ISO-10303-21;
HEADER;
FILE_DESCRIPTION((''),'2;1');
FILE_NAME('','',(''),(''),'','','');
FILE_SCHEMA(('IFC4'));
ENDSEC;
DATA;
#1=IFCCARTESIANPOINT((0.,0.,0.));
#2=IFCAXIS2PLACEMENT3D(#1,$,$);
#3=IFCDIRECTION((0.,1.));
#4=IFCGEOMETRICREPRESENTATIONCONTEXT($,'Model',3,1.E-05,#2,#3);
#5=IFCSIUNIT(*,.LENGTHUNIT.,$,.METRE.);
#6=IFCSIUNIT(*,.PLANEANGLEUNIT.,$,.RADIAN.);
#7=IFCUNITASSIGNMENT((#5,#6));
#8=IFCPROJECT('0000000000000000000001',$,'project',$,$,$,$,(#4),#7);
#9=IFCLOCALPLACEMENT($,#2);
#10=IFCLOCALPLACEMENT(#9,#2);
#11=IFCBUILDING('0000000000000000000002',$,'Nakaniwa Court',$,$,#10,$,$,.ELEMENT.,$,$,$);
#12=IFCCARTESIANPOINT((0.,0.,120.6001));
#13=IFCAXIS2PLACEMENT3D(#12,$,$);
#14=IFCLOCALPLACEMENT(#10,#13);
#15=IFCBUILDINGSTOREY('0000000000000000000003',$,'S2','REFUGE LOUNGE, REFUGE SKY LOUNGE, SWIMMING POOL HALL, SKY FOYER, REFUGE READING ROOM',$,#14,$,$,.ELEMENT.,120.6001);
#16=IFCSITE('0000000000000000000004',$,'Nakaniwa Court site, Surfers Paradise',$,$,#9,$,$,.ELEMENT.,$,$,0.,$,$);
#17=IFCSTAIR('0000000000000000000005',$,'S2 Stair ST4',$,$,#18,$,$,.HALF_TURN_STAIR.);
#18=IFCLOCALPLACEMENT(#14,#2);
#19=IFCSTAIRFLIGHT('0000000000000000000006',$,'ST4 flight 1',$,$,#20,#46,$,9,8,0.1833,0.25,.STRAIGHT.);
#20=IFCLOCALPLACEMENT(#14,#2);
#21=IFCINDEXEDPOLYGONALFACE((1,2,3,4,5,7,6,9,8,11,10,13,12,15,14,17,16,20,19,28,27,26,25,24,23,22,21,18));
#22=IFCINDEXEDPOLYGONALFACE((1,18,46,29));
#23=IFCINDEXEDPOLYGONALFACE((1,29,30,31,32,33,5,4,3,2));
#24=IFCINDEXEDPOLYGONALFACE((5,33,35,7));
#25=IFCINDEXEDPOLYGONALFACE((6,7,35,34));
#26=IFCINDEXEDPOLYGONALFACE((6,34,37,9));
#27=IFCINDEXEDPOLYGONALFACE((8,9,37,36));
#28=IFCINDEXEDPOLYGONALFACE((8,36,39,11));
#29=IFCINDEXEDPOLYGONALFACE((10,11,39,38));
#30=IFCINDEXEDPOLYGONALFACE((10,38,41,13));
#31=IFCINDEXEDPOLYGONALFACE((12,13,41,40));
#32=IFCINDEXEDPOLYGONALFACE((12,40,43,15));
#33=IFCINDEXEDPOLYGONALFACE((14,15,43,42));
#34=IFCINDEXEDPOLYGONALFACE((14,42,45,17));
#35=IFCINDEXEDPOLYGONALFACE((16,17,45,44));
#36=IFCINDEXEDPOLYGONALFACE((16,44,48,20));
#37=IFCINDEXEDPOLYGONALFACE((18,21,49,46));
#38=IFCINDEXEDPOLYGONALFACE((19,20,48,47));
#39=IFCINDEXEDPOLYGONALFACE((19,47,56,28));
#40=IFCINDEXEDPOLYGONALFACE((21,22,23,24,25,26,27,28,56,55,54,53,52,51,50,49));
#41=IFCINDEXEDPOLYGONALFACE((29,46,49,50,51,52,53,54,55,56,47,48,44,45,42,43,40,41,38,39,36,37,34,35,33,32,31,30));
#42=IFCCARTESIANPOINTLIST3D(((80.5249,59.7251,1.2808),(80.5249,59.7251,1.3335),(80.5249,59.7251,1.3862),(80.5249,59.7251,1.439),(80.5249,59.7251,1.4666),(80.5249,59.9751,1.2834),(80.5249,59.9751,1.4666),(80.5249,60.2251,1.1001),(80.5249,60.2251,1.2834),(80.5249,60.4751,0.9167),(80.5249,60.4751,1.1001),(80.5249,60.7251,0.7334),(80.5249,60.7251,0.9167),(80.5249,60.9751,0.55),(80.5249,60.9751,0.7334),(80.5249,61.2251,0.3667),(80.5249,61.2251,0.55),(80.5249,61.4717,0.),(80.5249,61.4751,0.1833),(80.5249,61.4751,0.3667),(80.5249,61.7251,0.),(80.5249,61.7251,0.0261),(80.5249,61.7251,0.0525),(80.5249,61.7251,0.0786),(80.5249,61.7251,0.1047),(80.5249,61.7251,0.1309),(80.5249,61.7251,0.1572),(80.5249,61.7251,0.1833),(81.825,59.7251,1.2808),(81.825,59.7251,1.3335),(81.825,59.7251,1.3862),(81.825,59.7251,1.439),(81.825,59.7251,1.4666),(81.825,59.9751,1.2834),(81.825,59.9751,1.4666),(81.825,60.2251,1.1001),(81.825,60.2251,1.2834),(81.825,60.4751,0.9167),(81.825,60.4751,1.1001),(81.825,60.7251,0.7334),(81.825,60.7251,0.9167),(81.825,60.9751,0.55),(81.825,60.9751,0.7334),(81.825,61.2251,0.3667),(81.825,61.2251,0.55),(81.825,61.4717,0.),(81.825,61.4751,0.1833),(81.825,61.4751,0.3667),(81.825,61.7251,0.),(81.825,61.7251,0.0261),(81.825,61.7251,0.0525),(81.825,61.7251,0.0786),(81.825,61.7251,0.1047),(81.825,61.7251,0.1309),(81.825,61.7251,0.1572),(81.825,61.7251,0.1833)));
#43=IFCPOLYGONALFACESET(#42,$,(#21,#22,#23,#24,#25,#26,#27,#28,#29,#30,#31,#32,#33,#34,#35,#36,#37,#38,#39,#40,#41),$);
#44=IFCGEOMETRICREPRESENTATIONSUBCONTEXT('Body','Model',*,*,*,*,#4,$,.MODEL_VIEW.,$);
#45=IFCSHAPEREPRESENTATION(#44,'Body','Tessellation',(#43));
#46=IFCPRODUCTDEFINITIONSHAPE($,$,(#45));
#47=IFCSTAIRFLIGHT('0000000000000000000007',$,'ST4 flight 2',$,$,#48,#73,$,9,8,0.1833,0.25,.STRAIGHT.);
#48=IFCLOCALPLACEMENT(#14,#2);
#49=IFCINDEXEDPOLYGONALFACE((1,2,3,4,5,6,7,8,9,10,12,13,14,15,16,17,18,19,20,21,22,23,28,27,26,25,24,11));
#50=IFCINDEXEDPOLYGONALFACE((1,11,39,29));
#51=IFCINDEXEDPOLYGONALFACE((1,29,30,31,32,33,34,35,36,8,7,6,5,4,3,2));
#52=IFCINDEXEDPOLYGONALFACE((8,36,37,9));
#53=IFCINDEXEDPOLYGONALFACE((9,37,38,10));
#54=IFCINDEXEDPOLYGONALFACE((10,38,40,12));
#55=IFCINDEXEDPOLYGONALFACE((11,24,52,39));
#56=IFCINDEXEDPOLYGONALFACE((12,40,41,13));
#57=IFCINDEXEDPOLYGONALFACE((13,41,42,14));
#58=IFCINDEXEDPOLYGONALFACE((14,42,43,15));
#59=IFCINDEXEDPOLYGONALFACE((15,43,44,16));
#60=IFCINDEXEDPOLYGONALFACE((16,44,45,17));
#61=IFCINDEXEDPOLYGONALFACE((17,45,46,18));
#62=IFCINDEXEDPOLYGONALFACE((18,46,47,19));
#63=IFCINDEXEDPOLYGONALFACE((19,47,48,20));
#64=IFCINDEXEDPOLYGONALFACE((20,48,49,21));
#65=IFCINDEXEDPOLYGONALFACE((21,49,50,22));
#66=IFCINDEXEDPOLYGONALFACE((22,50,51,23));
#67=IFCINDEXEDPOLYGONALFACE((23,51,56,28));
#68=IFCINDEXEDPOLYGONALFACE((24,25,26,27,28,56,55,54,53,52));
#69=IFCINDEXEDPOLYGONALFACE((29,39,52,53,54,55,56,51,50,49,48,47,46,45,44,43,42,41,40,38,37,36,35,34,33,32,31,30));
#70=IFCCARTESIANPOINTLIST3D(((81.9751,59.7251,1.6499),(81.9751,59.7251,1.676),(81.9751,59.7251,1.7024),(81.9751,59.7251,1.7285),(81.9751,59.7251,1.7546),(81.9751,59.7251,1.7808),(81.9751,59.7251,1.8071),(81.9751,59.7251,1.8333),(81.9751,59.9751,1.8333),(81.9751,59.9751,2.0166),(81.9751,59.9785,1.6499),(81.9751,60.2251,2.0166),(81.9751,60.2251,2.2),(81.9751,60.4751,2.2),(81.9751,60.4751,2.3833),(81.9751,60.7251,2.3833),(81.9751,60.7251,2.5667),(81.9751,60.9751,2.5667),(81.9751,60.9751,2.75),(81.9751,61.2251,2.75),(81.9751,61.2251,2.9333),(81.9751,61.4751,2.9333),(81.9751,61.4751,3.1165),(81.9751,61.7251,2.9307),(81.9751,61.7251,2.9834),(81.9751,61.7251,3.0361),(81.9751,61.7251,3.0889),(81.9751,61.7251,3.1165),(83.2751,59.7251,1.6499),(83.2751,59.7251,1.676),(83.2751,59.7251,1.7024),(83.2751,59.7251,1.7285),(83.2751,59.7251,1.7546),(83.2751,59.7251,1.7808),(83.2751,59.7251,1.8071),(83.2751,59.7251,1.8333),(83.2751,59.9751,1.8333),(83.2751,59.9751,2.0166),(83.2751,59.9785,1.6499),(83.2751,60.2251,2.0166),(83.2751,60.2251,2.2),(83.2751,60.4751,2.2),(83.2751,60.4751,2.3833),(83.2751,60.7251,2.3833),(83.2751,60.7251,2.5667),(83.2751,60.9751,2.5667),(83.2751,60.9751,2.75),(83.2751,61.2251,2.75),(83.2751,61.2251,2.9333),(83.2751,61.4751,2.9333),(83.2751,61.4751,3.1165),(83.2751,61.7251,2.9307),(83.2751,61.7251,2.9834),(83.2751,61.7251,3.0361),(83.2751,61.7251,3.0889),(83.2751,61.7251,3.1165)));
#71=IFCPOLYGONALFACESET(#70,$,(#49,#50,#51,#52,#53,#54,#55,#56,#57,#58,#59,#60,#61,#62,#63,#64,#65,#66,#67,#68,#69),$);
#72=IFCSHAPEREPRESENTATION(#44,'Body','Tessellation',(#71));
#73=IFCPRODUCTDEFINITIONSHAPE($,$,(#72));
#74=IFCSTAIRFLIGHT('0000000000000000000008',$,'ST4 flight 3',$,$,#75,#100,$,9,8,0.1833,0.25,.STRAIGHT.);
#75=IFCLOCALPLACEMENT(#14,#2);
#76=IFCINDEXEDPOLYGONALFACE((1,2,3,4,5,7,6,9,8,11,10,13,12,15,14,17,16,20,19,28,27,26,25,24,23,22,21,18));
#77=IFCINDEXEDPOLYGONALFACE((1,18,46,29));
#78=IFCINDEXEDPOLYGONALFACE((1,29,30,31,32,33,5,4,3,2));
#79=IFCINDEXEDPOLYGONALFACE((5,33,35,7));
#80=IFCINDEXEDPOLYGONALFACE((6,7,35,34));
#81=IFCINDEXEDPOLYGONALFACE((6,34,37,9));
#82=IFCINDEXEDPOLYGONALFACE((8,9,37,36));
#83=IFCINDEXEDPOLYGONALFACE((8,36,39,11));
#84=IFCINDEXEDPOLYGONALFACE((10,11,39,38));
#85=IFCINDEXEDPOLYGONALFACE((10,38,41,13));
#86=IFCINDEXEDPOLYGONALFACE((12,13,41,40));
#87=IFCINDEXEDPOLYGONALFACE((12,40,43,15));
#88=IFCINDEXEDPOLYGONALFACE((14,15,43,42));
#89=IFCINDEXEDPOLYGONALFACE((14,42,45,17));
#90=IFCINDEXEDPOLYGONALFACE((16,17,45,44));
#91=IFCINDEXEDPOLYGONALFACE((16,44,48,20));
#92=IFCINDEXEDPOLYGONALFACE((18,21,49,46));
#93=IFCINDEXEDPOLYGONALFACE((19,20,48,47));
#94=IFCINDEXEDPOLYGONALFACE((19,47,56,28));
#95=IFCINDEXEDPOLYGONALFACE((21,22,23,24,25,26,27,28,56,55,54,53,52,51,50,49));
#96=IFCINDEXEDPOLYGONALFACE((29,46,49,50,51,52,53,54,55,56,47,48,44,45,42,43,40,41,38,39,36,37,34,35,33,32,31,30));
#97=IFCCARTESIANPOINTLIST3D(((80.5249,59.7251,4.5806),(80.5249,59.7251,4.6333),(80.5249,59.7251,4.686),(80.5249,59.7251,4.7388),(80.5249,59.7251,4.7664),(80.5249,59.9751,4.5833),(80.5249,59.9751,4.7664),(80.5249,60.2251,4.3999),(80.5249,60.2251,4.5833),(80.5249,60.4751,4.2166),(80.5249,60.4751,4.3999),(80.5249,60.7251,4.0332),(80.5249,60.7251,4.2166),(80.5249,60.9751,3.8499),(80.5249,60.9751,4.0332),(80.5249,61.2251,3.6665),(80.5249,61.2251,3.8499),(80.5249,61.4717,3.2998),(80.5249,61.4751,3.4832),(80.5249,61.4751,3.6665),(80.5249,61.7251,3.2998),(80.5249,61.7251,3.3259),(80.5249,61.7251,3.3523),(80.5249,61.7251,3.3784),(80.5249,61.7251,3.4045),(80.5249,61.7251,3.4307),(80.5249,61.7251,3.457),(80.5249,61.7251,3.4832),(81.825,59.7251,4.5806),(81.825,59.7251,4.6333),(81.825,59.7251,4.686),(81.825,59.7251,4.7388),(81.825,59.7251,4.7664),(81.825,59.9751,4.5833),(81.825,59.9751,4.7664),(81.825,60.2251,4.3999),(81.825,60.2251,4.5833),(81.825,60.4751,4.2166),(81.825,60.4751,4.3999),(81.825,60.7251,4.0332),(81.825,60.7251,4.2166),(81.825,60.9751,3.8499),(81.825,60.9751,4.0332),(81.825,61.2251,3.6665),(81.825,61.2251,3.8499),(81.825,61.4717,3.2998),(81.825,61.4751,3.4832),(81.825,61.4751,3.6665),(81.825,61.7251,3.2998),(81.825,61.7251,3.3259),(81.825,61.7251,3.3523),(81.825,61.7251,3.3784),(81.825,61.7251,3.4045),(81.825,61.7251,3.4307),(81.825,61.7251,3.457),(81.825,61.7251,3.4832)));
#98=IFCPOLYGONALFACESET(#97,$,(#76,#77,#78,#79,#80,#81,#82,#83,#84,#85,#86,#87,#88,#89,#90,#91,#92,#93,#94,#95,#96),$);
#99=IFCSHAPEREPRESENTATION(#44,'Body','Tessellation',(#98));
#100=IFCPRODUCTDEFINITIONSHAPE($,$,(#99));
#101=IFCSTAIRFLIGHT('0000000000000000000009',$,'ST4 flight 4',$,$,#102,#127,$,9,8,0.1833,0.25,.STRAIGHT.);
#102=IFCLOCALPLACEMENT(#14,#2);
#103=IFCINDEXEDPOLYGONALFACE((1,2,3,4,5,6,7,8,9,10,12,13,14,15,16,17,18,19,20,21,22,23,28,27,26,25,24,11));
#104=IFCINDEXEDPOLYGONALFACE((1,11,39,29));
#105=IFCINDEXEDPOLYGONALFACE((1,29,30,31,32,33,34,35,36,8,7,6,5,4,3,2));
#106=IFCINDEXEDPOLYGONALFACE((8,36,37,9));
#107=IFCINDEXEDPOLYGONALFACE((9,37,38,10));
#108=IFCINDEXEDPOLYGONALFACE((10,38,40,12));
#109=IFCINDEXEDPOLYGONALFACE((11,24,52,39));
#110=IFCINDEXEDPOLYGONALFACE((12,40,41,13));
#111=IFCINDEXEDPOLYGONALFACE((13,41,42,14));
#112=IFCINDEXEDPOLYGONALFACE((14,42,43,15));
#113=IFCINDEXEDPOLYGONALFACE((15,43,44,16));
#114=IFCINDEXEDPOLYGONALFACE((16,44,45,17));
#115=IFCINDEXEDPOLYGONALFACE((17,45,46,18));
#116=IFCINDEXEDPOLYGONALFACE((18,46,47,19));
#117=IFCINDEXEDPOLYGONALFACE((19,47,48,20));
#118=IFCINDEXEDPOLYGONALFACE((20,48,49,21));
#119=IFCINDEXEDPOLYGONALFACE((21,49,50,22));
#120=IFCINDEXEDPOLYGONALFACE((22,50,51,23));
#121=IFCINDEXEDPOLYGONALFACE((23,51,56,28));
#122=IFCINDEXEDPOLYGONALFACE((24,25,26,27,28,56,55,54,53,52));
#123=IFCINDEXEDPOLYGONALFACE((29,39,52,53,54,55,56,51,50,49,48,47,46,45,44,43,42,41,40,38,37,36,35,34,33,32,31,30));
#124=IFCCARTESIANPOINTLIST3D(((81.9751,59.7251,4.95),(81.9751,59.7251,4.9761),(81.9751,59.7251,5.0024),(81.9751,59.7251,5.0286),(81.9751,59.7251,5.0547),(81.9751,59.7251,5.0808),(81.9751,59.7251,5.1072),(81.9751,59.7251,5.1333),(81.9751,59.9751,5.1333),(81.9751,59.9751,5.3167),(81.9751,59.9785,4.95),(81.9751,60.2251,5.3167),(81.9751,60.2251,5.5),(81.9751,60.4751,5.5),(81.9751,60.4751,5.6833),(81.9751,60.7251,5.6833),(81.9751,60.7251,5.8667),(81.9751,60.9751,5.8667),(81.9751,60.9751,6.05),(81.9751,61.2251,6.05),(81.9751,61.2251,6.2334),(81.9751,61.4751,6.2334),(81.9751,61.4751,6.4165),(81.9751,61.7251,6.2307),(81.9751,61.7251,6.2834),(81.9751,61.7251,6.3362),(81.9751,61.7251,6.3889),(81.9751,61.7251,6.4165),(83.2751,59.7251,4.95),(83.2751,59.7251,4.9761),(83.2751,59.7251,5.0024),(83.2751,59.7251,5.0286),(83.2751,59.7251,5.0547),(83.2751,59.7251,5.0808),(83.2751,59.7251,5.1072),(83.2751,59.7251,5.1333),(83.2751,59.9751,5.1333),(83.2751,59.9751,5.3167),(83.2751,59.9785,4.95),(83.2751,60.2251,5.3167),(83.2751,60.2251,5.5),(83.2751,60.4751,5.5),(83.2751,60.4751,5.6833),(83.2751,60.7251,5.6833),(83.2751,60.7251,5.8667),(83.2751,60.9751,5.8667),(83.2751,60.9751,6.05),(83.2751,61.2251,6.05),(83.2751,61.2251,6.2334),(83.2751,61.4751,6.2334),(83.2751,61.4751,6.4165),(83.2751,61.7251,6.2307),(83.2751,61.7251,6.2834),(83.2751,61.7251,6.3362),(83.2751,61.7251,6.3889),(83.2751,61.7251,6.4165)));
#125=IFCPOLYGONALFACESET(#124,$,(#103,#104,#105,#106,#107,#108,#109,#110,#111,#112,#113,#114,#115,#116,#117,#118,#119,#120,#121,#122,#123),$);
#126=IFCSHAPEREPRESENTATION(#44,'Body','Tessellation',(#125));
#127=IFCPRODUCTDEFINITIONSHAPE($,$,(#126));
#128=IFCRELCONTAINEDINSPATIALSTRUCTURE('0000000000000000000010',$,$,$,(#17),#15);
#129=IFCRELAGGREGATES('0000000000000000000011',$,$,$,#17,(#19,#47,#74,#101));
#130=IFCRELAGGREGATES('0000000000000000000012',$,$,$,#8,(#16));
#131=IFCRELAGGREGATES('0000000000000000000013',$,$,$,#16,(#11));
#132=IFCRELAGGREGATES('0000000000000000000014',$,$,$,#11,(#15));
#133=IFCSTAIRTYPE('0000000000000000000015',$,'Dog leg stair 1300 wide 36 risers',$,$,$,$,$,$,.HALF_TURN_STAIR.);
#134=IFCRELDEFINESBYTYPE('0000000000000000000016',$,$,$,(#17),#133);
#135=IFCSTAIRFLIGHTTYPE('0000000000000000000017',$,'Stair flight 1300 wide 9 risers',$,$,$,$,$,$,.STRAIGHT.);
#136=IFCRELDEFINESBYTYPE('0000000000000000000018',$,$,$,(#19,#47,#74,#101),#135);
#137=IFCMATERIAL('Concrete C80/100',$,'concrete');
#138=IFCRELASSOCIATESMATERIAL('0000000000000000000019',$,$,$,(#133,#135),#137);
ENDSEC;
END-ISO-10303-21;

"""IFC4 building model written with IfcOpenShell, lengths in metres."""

from ifc_helpers import new_model, si_unit, direction, frame, origin, place, context, subcontext, project, spatial, polyline, outline, extrude, material, type_object, element, aggregate, save


model = new_model("IFC4")

# Units and contexts
model_context = context("Model", 3, precision=1e-05, world=origin(), true_north=direction((0.0, 1.0)))
body_context = subcontext(model_context, "Body", "Model", "MODEL_VIEW")
ifc_project = project(units=[si_unit("LENGTHUNIT", "METRE"), si_unit("PLANEANGLEUNIT", "RADIAN")], contexts=[model_context])

# Site, building, storey
site_placement = place(None, origin())
site = spatial("IfcSite", under=ifc_project, at=site_placement, Name="Nakaniwa Court site, Surfers Paradise", CompositionType="ELEMENT", RefElevation=0.0)
building_placement = place(site_placement, origin())
building = spatial("IfcBuilding", under=site, at=building_placement, Name="Nakaniwa Court", CompositionType="ELEMENT")
storey_placement = place(building_placement, frame((0.0, 0.0, 120.6001)))
storey = spatial("IfcBuildingStorey", under=building, at=storey_placement, Name="S2", Description="REFUGE LOUNGE, REFUGE SKY LOUNGE, SWIMMING POOL HALL, SKY FOYER, REFUGE READING ROOM", CompositionType="ELEMENT", Elevation=120.6001)

# Shared definitions
ifc_material_1 = material(Name="Concrete C80/100", Category="concrete")

# Stair, stair flights
stair_type = type_object("IfcStairType", Name="Dog leg stair 1300 wide 36 risers", PredefinedType="HALF_TURN_STAIR", material=ifc_material_1)
stair_placement = place(storey_placement, origin())
stair = element("IfcStair", 1, at=stair_placement, inside=storey, type_object=stair_type, Name="S2 Stair ST4", PredefinedType="HALF_TURN_STAIR")
stair_flight_type = type_object("IfcStairFlightType", Name="Stair flight 1300 wide 9 risers", PredefinedType="STRAIGHT", material=ifc_material_1)
stair_flight_1_placement = place(storey_placement, frame((81.175, 61.7251, 0.0), z_axis=(0.0, 0.0, 1.0), x_axis=(0.0, -1.0, 0.0)))
stair_flight_1 = element("IfcStairFlight", 2, at=stair_flight_1_placement, type_object=stair_flight_type, Name="ST4 flight 1", NumberOfRisers=9, NumberOfTreads=8, PredefinedType="STRAIGHT", RiserHeight=0.1833, TreadLength=0.25, context=body_context, shape_type="SweptSolid", body=[
    extrude(outline(polyline([(0.0, 0.0), (0.0, 0.0261), (0.0, 0.0525), (0.0, 0.0786), (0.0, 0.1047), (0.0, 0.1309), (0.0, 0.1572), (0.0, 0.1833), (0.25, 0.1833), (0.25, 0.3667), (0.5, 0.3667), (0.5, 0.55), (0.75, 0.55), (0.75, 0.7334), (1.0, 0.7334), (1.0, 0.9167), (1.25, 0.9167), (1.25, 1.1001), (1.5, 1.1001), (1.5, 1.2834), (1.75, 1.2834), (1.75, 1.4666), (2.0, 1.4666), (2.0, 1.6499), (2.0, 1.5972), (2.0, 1.5444), (2.0, 1.4917), (2.0, 1.439), (2.0, 1.3862), (2.0, 1.3335), (2.0, 1.2808), (0.2534, 0.0), (0.0, 0.0)])), frame((0.0, 0.6499, 0.0), z_axis=(0.0, -1.0, 0.0), x_axis=(1.0, 0.0, 0.0)), (0.0, 0.0, 1.0), 1.3),
])
stair_flight_2_placement = place(storey_placement, frame((82.625, 59.7251, 1.6499), z_axis=(0.0, 0.0, 1.0), x_axis=(0.0, 1.0, 0.0)))
stair_flight_2 = element("IfcStairFlight", 3, at=stair_flight_2_placement, type_object=stair_flight_type, Name="ST4 flight 2", NumberOfRisers=9, NumberOfTreads=8, PredefinedType="STRAIGHT", RiserHeight=0.1833, TreadLength=0.25, context=body_context, shape_type="SweptSolid", body=[
    extrude(outline(polyline([(0.0, 0.0), (0.0, 0.0261), (0.0, 0.0525), (0.0, 0.0786), (0.0, 0.1047), (0.0, 0.1309), (0.0, 0.1572), (0.0, 0.1833), (0.25, 0.1833), (0.25, 0.3667), (0.5, 0.3667), (0.5, 0.55), (0.75, 0.55), (0.75, 0.7334), (1.0, 0.7334), (1.0, 0.9167), (1.25, 0.9167), (1.25, 1.1001), (1.5, 1.1001), (1.5, 1.2834), (1.75, 1.2834), (1.75, 1.4666), (2.0, 1.4666), (2.0, 1.6499), (2.0, 1.5972), (2.0, 1.5444), (2.0, 1.4917), (2.0, 1.439), (2.0, 1.3862), (2.0, 1.3335), (2.0, 1.2808), (0.2534, 0.0), (0.0, 0.0)])), frame((0.0, 0.6499, 0.0), z_axis=(0.0, -1.0, 0.0), x_axis=(1.0, 0.0, 0.0)), (0.0, 0.0, 1.0), 1.3),
])
stair_flight_3_placement = place(storey_placement, frame((81.175, 61.7251, 3.2998), z_axis=(0.0, 0.0, 1.0), x_axis=(0.0, -1.0, 0.0)))
stair_flight_3 = element("IfcStairFlight", 4, at=stair_flight_3_placement, type_object=stair_flight_type, Name="ST4 flight 3", NumberOfRisers=9, NumberOfTreads=8, PredefinedType="STRAIGHT", RiserHeight=0.1833, TreadLength=0.25, context=body_context, shape_type="SweptSolid", body=[
    extrude(outline(polyline([(0.0, 0.0), (0.0, 0.0261), (0.0, 0.0525), (0.0, 0.0786), (0.0, 0.1047), (0.0, 0.1309), (0.0, 0.1572), (0.0, 0.1833), (0.25, 0.1833), (0.25, 0.3667), (0.5, 0.3667), (0.5, 0.55), (0.75, 0.55), (0.75, 0.7334), (1.0, 0.7334), (1.0, 0.9167), (1.25, 0.9167), (1.25, 1.1001), (1.5, 1.1001), (1.5, 1.2834), (1.75, 1.2834), (1.75, 1.4666), (2.0, 1.4666), (2.0, 1.6499), (2.0, 1.5972), (2.0, 1.5444), (2.0, 1.4917), (2.0, 1.439), (2.0, 1.3862), (2.0, 1.3335), (2.0, 1.2808), (0.2534, 0.0), (0.0, 0.0)])), frame((0.0, 0.6499, 0.0), z_axis=(0.0, -1.0, 0.0), x_axis=(1.0, 0.0, 0.0)), (0.0, 0.0, 1.0), 1.3),
])
stair_flight_4_placement = place(storey_placement, frame((82.625, 59.7251, 4.95), z_axis=(0.0, 0.0, 1.0), x_axis=(0.0, 1.0, 0.0)))
stair_flight_4 = element("IfcStairFlight", 5, at=stair_flight_4_placement, type_object=stair_flight_type, Name="ST4 flight 4", NumberOfRisers=9, NumberOfTreads=8, PredefinedType="STRAIGHT", RiserHeight=0.1833, TreadLength=0.25, context=body_context, shape_type="SweptSolid", body=[
    extrude(outline(polyline([(0.0, 0.0), (0.0, 0.0261), (0.0, 0.0525), (0.0, 0.0786), (0.0, 0.1047), (0.0, 0.1309), (0.0, 0.1572), (0.0, 0.1833), (0.25, 0.1833), (0.25, 0.3667), (0.5, 0.3667), (0.5, 0.55), (0.75, 0.55), (0.75, 0.7334), (1.0, 0.7334), (1.0, 0.9167), (1.25, 0.9167), (1.25, 1.1001), (1.5, 1.1001), (1.5, 1.2834), (1.75, 1.2834), (1.75, 1.4666), (2.0, 1.4666), (2.0, 1.6499), (2.0, 1.5972), (2.0, 1.5444), (2.0, 1.4917), (2.0, 1.439), (2.0, 1.3862), (2.0, 1.3335), (2.0, 1.2808), (0.2534, 0.0), (0.0, 0.0)])), frame((0.0, 0.6499, 0.0), z_axis=(0.0, -1.0, 0.0), x_axis=(1.0, 0.0, 0.0)), (0.0, 0.0, 1.0), 1.3),
])
aggregate(stair, [stair_flight_1, stair_flight_2, stair_flight_3, stair_flight_4])

save(model, "model.ifc")
